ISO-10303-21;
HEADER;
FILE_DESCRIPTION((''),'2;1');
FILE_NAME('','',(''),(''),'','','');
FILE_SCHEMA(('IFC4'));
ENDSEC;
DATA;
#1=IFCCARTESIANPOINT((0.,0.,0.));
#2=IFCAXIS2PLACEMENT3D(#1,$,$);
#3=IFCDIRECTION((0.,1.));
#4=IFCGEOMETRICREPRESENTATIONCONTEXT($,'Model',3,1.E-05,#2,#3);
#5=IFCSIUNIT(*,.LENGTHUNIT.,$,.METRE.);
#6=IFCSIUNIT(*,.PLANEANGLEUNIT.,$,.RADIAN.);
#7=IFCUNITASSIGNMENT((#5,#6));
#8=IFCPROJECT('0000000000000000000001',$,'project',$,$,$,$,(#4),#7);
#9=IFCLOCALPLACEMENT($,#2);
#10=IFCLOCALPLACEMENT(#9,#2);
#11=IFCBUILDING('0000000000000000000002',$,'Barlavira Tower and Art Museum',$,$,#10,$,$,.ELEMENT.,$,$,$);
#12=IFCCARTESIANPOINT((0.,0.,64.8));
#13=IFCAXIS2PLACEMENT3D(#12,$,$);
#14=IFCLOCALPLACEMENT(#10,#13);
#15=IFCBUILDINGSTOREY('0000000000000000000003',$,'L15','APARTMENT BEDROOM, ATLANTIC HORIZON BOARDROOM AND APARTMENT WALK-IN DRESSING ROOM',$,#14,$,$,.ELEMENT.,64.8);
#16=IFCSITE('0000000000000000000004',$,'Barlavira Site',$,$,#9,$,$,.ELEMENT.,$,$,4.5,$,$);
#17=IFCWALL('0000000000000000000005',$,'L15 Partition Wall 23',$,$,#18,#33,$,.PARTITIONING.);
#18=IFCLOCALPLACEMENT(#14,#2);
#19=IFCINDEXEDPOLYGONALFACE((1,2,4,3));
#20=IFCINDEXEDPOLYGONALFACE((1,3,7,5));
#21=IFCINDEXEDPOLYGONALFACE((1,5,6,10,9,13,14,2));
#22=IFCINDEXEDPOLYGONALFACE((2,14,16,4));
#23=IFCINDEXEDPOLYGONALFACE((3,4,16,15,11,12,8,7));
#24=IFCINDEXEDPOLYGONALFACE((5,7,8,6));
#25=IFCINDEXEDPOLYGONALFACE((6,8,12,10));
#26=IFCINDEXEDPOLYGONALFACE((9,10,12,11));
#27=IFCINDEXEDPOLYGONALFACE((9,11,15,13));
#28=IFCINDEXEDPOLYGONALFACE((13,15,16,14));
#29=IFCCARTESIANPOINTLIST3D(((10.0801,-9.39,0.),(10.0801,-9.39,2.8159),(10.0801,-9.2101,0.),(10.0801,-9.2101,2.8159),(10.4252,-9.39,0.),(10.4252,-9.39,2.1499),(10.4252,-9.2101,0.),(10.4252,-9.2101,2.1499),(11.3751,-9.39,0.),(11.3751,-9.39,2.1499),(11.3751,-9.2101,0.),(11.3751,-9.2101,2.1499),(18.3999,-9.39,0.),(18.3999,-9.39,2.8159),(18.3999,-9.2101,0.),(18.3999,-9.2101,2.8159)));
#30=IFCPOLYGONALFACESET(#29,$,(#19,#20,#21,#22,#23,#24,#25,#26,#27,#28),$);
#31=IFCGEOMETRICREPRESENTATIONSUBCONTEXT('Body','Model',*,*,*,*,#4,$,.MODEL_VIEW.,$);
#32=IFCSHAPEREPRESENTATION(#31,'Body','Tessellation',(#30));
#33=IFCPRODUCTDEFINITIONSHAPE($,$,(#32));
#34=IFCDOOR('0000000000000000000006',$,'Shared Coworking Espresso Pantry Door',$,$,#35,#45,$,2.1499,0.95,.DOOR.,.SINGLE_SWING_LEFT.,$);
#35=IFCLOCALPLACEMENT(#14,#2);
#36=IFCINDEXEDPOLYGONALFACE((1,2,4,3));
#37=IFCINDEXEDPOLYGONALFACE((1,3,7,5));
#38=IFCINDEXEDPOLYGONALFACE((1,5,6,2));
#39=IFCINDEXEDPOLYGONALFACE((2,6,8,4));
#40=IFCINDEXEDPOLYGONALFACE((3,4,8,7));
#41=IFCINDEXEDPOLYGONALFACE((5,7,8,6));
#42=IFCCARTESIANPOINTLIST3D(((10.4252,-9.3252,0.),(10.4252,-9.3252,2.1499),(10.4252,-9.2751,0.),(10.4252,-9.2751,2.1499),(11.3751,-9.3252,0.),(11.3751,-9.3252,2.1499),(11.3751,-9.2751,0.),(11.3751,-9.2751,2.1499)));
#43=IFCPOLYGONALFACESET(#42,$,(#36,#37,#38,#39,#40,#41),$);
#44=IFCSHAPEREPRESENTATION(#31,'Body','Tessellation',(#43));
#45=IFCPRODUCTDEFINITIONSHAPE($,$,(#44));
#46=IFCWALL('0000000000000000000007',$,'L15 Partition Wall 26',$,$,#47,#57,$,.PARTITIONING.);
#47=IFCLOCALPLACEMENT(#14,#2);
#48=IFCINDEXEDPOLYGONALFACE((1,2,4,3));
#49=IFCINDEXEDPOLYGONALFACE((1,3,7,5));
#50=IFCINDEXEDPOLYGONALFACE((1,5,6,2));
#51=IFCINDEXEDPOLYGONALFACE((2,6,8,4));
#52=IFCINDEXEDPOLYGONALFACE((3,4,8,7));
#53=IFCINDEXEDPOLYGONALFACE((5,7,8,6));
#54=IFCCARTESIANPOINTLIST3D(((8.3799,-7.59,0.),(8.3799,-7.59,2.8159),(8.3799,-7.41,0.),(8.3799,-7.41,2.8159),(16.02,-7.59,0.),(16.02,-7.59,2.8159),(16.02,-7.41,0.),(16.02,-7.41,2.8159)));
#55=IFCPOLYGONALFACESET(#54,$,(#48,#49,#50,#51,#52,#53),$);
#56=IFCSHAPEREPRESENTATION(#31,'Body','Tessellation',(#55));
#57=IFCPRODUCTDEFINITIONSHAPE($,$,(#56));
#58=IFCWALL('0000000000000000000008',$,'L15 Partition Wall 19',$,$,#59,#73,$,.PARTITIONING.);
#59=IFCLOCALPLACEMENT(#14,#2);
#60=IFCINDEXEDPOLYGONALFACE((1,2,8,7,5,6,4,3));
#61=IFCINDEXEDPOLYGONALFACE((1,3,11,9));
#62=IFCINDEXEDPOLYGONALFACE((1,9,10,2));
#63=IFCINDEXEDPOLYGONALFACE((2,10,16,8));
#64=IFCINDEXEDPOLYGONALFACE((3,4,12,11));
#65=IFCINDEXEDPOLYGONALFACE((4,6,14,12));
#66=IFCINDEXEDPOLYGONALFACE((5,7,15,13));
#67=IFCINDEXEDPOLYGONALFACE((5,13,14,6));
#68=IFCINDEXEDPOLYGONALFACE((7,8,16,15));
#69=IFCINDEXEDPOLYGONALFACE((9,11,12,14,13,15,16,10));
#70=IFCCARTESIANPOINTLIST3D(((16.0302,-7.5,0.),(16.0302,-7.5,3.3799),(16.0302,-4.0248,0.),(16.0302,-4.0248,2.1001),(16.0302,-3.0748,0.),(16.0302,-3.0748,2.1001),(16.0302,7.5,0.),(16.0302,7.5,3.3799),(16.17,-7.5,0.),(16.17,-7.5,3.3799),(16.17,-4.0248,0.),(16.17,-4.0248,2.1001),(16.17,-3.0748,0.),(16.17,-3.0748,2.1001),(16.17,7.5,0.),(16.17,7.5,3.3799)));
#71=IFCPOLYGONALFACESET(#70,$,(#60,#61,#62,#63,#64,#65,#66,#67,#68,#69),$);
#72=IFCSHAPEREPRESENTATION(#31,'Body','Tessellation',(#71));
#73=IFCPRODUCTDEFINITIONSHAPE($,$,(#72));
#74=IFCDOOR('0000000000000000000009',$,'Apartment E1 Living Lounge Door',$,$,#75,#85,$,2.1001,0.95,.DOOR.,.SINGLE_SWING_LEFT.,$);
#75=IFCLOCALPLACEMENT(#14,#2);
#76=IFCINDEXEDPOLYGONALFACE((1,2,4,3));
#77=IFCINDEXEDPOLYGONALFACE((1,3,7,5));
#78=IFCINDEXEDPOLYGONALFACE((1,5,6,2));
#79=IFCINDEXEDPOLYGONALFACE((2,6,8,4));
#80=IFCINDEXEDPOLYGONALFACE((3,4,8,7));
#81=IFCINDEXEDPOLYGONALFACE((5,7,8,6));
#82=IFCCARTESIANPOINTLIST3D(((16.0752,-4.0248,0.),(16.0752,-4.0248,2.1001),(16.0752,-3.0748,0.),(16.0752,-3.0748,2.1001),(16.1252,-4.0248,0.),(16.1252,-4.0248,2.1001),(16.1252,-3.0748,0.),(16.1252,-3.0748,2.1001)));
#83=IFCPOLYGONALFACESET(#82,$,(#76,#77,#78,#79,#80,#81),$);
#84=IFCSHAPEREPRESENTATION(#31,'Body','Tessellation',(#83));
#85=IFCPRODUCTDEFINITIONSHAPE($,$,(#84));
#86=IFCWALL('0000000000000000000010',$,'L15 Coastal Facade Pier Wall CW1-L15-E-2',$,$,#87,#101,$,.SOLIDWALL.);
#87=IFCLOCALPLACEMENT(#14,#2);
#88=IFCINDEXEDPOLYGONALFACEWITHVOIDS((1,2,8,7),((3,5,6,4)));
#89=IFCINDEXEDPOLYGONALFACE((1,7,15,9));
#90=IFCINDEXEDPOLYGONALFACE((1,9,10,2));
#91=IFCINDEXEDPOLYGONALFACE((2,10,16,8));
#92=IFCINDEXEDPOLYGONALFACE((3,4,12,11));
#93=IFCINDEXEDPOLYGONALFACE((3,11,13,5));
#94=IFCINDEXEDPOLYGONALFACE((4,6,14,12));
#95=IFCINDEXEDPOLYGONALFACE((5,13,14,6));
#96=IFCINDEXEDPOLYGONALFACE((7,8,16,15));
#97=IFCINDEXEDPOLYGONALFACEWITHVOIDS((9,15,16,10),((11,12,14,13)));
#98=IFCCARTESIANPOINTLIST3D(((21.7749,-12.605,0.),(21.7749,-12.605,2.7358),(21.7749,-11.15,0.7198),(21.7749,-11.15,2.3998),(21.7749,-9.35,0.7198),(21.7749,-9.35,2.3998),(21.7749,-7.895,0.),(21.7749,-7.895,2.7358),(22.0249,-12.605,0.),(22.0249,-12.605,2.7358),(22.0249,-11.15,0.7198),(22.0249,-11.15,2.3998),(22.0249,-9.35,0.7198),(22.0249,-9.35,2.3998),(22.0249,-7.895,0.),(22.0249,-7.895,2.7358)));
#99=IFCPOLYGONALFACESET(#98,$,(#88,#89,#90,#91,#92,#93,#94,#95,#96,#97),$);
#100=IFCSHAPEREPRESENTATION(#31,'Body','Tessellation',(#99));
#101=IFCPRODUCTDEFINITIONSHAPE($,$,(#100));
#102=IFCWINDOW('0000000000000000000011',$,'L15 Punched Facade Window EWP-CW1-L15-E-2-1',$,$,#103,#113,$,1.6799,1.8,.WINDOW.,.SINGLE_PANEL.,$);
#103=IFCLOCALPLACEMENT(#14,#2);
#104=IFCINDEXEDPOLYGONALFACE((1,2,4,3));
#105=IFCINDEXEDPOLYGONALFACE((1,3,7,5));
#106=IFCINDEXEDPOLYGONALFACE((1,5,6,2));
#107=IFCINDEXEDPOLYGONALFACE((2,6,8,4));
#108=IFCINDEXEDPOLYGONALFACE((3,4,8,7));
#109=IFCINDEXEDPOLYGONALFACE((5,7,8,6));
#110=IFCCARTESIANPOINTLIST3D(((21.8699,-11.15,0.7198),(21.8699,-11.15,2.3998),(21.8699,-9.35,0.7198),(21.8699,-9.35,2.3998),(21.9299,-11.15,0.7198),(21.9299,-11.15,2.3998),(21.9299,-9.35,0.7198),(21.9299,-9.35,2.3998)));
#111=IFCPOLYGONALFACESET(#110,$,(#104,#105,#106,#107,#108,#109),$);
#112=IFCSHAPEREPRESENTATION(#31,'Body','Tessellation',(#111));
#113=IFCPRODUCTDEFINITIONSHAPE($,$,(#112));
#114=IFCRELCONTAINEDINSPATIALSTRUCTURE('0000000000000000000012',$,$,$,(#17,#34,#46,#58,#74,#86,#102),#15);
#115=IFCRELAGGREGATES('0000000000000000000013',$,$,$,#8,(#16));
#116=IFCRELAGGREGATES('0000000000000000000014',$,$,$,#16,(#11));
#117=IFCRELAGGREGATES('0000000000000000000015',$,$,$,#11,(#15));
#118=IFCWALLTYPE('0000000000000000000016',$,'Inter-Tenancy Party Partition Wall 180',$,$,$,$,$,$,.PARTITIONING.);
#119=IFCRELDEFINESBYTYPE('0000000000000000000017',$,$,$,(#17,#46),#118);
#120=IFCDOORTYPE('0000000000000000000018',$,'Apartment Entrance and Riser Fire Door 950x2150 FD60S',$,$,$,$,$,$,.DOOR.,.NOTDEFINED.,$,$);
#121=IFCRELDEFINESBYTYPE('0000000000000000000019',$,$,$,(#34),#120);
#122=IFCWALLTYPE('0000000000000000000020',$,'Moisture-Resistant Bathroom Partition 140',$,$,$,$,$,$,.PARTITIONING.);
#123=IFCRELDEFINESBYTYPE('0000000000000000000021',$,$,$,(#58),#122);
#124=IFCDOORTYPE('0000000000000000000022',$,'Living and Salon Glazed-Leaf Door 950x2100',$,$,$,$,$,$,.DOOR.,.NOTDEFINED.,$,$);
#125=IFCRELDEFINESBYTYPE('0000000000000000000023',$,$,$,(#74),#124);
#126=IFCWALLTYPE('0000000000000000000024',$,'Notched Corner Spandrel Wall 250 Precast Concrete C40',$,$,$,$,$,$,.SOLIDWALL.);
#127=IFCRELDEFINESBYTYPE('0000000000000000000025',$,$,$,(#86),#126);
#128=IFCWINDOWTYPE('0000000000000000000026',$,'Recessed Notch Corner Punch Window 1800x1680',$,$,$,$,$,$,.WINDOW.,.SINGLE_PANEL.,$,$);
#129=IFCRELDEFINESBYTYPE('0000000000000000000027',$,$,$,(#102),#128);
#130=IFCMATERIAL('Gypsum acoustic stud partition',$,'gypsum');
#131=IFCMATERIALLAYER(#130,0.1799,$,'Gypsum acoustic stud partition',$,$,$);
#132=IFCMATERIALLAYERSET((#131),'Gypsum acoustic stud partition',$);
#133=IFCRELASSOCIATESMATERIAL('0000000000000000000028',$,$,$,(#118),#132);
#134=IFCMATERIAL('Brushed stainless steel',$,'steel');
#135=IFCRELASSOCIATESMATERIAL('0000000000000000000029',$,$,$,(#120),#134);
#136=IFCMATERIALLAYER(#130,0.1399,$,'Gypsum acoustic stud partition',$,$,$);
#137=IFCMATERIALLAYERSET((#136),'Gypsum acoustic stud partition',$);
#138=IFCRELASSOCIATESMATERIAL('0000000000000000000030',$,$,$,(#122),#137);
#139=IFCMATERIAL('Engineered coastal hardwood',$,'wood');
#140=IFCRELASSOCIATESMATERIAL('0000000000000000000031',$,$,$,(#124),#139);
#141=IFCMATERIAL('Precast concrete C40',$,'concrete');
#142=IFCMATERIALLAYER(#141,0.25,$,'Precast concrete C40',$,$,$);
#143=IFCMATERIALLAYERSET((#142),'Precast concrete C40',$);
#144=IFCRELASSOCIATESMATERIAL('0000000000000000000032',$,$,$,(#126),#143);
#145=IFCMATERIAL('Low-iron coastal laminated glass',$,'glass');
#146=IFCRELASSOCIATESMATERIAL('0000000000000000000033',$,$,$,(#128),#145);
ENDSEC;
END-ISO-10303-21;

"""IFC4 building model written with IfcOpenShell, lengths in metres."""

from ifc_helpers import new_model, si_unit, direction, frame, frame_2d, origin, place, context, subcontext, project, spatial, rectangle, extrude, material, layer, layer_set, type_object, element, fill, save


model = new_model("IFC4")

# Units and contexts
model_context = context("Model", 3, precision=1e-05, world=origin(), true_north=direction((0.0, 1.0)))
body_context = subcontext(model_context, "Body", "Model", "MODEL_VIEW")
ifc_project = project(units=[si_unit("LENGTHUNIT", "METRE"), si_unit("PLANEANGLEUNIT", "RADIAN")], contexts=[model_context])

# Site, building, storey
site_placement = place(None, origin())
site = spatial("IfcSite", under=ifc_project, at=site_placement, Name="Barlavira Site", CompositionType="ELEMENT", RefElevation=4.5)
building_placement = place(site_placement, origin())
building = spatial("IfcBuilding", under=site, at=building_placement, Name="Barlavira Tower and Art Museum", CompositionType="ELEMENT")
storey_placement = place(building_placement, frame((0.0, 0.0, 64.8)))
storey = spatial("IfcBuildingStorey", under=building, at=storey_placement, Name="L15", Description="APARTMENT BEDROOM, ATLANTIC HORIZON BOARDROOM AND APARTMENT WALK-IN DRESSING ROOM", CompositionType="ELEMENT", Elevation=64.8)

# Wall, opening, door
ifc_material_1 = material(Name="Gypsum acoustic stud partition", Category="gypsum")
ifc_layer_1 = layer(ifc_material_1, 0.1799, Name="Gypsum acoustic stud partition")
ifc_layer_set_1 = layer_set([ifc_layer_1], Name="Gypsum acoustic stud partition")
wall_type_1 = type_object("IfcWallType", Name="Inter-Tenancy Party Partition Wall 180", PredefinedType="PARTITIONING", material=ifc_layer_set_1)
ifc_material_2 = material(Name="Brushed stainless steel", Category="steel")
door_type_1 = type_object("IfcDoorType", Name="Apartment Entrance and Riser Fire Door 950x2150 FD60S", OperationType="NOTDEFINED", PredefinedType="DOOR", material=ifc_material_2)
wall_1_placement = place(storey_placement, frame((10.0801, -9.3, 0.0), z_axis=(0.0, 0.0, 1.0), x_axis=(1.0, 0.0, 0.0)))
wall_1 = element("IfcWall", 1, at=wall_1_placement, inside=storey, type_object=wall_type_1, Name="L15 Partition Wall 23", PredefinedType="PARTITIONING", context=body_context, shape_type="SweptSolid", body=[
    extrude(rectangle(XDim=8.3198, YDim=0.1799, at=frame_2d((4.1599, 0.0))), origin(), (0.0, 0.0, 1.0), 2.8159),
])
opening_1_placement = place(wall_1_placement, frame((0.345, 0.0, 0.0)))
opening_1 = element("IfcOpeningElement", 2, at=opening_1_placement, cuts=wall_1, PredefinedType="OPENING", context=body_context, shape_type="SweptSolid", body=[
    extrude(rectangle(XDim=0.95, YDim=2.1499, at=frame_2d((0.4751, 1.075))), frame((0.0, 0.1001, 0.0), z_axis=(0.0, -1.0, 0.0), x_axis=(1.0, 0.0, 0.0)), (0.0, 0.0, 1.0), 0.2),
])
door_1_placement = place(opening_1_placement, origin())
door_1 = element("IfcDoor", 3, at=door_1_placement, inside=storey, type_object=door_type_1, Name="Shared Coworking Espresso Pantry Door", OperationType="SINGLE_SWING_LEFT", OverallHeight=2.1499, OverallWidth=0.95, PredefinedType="DOOR", context=body_context, shape_type="SweptSolid", body=[
    extrude(rectangle(XDim=0.95, YDim=2.1499, at=frame_2d((0.4751, 1.075))), frame((0.0, 0.0249, 0.0), z_axis=(0.0, -1.0, 0.0), x_axis=(1.0, 0.0, 0.0)), (0.0, 0.0, 1.0), 0.05),
])
fill(opening_1, door_1)

# Wall
wall_2_placement = place(storey_placement, frame((8.3799, -7.5, 0.0), z_axis=(0.0, 0.0, 1.0), x_axis=(1.0, 0.0, 0.0)))
element("IfcWall", 4, at=wall_2_placement, inside=storey, type_object=wall_type_1, Name="L15 Partition Wall 26", PredefinedType="PARTITIONING", context=body_context, shape_type="SweptSolid", body=[
    extrude(rectangle(XDim=7.6401, YDim=0.1799, at=frame_2d((3.8201, 0.0))), origin(), (0.0, 0.0, 1.0), 2.8159),
])

# Wall, opening, door
ifc_layer_2 = layer(ifc_material_1, 0.1399, Name="Gypsum acoustic stud partition")
ifc_layer_set_2 = layer_set([ifc_layer_2], Name="Gypsum acoustic stud partition")
wall_type_2 = type_object("IfcWallType", Name="Moisture-Resistant Bathroom Partition 140", PredefinedType="PARTITIONING", material=ifc_layer_set_2)
wall_3_placement = place(storey_placement, frame((16.1001, -7.5, 0.0), z_axis=(0.0, 0.0, 1.0), x_axis=(0.0, 1.0, 0.0)))
wall_3 = element("IfcWall", 5, at=wall_3_placement, inside=storey, type_object=wall_type_2, Name="L15 Partition Wall 19", PredefinedType="PARTITIONING", context=body_context, shape_type="SweptSolid", body=[
    extrude(rectangle(XDim=15.0, YDim=0.1399, at=frame_2d((7.5, 0.0))), origin(), (0.0, 0.0, 1.0), 3.3799),
])
opening_2_placement = place(wall_3_placement, frame((3.4751, 0.0, 0.0)))
opening_2 = element("IfcOpeningElement", 6, at=opening_2_placement, cuts=wall_3, PredefinedType="OPENING", context=body_context, shape_type="SweptSolid", body=[
    extrude(rectangle(XDim=0.95, YDim=2.1001, at=frame_2d((0.4751, 1.05))), frame((0.0, 0.0801, 0.0), z_axis=(0.0, -1.0, 0.0), x_axis=(1.0, 0.0, 0.0)), (0.0, 0.0, 1.0), 0.1599),
])
ifc_material_3 = material(Name="Engineered coastal hardwood", Category="wood")
door_type_2 = type_object("IfcDoorType", Name="Living and Salon Glazed-Leaf Door 950x2100", OperationType="NOTDEFINED", PredefinedType="DOOR", material=ifc_material_3)
door_2_placement = place(opening_2_placement, origin())
door_2 = element("IfcDoor", 7, at=door_2_placement, inside=storey, type_object=door_type_2, Name="Apartment E1 Living Lounge Door", OperationType="SINGLE_SWING_LEFT", OverallHeight=2.1001, OverallWidth=0.95, PredefinedType="DOOR", context=body_context, shape_type="SweptSolid", body=[
    extrude(rectangle(XDim=0.95, YDim=2.1001, at=frame_2d((0.4751, 1.05))), frame((0.0, 0.0249, 0.0), z_axis=(0.0, -1.0, 0.0), x_axis=(1.0, 0.0, 0.0)), (0.0, 0.0, 1.0), 0.05),
])
fill(opening_2, door_2)

# Wall, opening, window
ifc_material_4 = material(Name="Precast concrete C40", Category="concrete")
ifc_layer_3 = layer(ifc_material_4, 0.25, Name="Precast concrete C40")
ifc_layer_set_3 = layer_set([ifc_layer_3], Name="Precast concrete C40")
wall_type_3 = type_object("IfcWallType", Name="Notched Corner Spandrel Wall 250 Precast Concrete C40", PredefinedType="SOLIDWALL", material=ifc_layer_set_3)
wall_4_placement = place(storey_placement, frame((21.8999, -12.605, 0.0), z_axis=(0.0, 0.0, 1.0), x_axis=(0.0, 1.0, 0.0)))
wall_4 = element("IfcWall", 8, at=wall_4_placement, inside=storey, type_object=wall_type_3, Name="L15 Coastal Facade Pier Wall CW1-L15-E-2", PredefinedType="SOLIDWALL", context=body_context, shape_type="SweptSolid", body=[
    extrude(rectangle(XDim=4.71, YDim=0.25, at=frame_2d((2.355, 0.0))), origin(), (0.0, 0.0, 1.0), 2.7358),
])
opening_3_placement = place(wall_4_placement, frame((1.4551, 0.0, 0.72)))
opening_3 = element("IfcOpeningElement", 9, at=opening_3_placement, cuts=wall_4, PredefinedType="OPENING", context=body_context, shape_type="SweptSolid", body=[
    extrude(rectangle(XDim=1.8, YDim=1.6799, at=frame_2d((0.8999, 0.8398))), frame((0.0, 0.135, 0.0), z_axis=(0.0, -1.0, 0.0), x_axis=(1.0, 0.0, 0.0)), (0.0, 0.0, 1.0), 0.27),
])
ifc_material_5 = material(Name="Low-iron coastal laminated glass", Category="glass")
window_type = type_object("IfcWindowType", Name="Recessed Notch Corner Punch Window 1800x1680", PartitioningType="SINGLE_PANEL", PredefinedType="WINDOW", material=ifc_material_5)
window_placement = place(opening_3_placement, origin())
window = element("IfcWindow", 10, at=window_placement, inside=storey, type_object=window_type, Name="L15 Punched Facade Window EWP-CW1-L15-E-2-1", OverallHeight=1.6799, OverallWidth=1.8, PartitioningType="SINGLE_PANEL", PredefinedType="WINDOW", context=body_context, shape_type="SweptSolid", body=[
    extrude(rectangle(XDim=1.8, YDim=1.6799, at=frame_2d((0.8999, 0.8398))), frame((0.0, 0.03, 0.0), z_axis=(0.0, -1.0, 0.0), x_axis=(1.0, 0.0, 0.0)), (0.0, 0.0, 1.0), 0.0601),
])
fill(opening_3, window)

save(model, "model.ifc")
